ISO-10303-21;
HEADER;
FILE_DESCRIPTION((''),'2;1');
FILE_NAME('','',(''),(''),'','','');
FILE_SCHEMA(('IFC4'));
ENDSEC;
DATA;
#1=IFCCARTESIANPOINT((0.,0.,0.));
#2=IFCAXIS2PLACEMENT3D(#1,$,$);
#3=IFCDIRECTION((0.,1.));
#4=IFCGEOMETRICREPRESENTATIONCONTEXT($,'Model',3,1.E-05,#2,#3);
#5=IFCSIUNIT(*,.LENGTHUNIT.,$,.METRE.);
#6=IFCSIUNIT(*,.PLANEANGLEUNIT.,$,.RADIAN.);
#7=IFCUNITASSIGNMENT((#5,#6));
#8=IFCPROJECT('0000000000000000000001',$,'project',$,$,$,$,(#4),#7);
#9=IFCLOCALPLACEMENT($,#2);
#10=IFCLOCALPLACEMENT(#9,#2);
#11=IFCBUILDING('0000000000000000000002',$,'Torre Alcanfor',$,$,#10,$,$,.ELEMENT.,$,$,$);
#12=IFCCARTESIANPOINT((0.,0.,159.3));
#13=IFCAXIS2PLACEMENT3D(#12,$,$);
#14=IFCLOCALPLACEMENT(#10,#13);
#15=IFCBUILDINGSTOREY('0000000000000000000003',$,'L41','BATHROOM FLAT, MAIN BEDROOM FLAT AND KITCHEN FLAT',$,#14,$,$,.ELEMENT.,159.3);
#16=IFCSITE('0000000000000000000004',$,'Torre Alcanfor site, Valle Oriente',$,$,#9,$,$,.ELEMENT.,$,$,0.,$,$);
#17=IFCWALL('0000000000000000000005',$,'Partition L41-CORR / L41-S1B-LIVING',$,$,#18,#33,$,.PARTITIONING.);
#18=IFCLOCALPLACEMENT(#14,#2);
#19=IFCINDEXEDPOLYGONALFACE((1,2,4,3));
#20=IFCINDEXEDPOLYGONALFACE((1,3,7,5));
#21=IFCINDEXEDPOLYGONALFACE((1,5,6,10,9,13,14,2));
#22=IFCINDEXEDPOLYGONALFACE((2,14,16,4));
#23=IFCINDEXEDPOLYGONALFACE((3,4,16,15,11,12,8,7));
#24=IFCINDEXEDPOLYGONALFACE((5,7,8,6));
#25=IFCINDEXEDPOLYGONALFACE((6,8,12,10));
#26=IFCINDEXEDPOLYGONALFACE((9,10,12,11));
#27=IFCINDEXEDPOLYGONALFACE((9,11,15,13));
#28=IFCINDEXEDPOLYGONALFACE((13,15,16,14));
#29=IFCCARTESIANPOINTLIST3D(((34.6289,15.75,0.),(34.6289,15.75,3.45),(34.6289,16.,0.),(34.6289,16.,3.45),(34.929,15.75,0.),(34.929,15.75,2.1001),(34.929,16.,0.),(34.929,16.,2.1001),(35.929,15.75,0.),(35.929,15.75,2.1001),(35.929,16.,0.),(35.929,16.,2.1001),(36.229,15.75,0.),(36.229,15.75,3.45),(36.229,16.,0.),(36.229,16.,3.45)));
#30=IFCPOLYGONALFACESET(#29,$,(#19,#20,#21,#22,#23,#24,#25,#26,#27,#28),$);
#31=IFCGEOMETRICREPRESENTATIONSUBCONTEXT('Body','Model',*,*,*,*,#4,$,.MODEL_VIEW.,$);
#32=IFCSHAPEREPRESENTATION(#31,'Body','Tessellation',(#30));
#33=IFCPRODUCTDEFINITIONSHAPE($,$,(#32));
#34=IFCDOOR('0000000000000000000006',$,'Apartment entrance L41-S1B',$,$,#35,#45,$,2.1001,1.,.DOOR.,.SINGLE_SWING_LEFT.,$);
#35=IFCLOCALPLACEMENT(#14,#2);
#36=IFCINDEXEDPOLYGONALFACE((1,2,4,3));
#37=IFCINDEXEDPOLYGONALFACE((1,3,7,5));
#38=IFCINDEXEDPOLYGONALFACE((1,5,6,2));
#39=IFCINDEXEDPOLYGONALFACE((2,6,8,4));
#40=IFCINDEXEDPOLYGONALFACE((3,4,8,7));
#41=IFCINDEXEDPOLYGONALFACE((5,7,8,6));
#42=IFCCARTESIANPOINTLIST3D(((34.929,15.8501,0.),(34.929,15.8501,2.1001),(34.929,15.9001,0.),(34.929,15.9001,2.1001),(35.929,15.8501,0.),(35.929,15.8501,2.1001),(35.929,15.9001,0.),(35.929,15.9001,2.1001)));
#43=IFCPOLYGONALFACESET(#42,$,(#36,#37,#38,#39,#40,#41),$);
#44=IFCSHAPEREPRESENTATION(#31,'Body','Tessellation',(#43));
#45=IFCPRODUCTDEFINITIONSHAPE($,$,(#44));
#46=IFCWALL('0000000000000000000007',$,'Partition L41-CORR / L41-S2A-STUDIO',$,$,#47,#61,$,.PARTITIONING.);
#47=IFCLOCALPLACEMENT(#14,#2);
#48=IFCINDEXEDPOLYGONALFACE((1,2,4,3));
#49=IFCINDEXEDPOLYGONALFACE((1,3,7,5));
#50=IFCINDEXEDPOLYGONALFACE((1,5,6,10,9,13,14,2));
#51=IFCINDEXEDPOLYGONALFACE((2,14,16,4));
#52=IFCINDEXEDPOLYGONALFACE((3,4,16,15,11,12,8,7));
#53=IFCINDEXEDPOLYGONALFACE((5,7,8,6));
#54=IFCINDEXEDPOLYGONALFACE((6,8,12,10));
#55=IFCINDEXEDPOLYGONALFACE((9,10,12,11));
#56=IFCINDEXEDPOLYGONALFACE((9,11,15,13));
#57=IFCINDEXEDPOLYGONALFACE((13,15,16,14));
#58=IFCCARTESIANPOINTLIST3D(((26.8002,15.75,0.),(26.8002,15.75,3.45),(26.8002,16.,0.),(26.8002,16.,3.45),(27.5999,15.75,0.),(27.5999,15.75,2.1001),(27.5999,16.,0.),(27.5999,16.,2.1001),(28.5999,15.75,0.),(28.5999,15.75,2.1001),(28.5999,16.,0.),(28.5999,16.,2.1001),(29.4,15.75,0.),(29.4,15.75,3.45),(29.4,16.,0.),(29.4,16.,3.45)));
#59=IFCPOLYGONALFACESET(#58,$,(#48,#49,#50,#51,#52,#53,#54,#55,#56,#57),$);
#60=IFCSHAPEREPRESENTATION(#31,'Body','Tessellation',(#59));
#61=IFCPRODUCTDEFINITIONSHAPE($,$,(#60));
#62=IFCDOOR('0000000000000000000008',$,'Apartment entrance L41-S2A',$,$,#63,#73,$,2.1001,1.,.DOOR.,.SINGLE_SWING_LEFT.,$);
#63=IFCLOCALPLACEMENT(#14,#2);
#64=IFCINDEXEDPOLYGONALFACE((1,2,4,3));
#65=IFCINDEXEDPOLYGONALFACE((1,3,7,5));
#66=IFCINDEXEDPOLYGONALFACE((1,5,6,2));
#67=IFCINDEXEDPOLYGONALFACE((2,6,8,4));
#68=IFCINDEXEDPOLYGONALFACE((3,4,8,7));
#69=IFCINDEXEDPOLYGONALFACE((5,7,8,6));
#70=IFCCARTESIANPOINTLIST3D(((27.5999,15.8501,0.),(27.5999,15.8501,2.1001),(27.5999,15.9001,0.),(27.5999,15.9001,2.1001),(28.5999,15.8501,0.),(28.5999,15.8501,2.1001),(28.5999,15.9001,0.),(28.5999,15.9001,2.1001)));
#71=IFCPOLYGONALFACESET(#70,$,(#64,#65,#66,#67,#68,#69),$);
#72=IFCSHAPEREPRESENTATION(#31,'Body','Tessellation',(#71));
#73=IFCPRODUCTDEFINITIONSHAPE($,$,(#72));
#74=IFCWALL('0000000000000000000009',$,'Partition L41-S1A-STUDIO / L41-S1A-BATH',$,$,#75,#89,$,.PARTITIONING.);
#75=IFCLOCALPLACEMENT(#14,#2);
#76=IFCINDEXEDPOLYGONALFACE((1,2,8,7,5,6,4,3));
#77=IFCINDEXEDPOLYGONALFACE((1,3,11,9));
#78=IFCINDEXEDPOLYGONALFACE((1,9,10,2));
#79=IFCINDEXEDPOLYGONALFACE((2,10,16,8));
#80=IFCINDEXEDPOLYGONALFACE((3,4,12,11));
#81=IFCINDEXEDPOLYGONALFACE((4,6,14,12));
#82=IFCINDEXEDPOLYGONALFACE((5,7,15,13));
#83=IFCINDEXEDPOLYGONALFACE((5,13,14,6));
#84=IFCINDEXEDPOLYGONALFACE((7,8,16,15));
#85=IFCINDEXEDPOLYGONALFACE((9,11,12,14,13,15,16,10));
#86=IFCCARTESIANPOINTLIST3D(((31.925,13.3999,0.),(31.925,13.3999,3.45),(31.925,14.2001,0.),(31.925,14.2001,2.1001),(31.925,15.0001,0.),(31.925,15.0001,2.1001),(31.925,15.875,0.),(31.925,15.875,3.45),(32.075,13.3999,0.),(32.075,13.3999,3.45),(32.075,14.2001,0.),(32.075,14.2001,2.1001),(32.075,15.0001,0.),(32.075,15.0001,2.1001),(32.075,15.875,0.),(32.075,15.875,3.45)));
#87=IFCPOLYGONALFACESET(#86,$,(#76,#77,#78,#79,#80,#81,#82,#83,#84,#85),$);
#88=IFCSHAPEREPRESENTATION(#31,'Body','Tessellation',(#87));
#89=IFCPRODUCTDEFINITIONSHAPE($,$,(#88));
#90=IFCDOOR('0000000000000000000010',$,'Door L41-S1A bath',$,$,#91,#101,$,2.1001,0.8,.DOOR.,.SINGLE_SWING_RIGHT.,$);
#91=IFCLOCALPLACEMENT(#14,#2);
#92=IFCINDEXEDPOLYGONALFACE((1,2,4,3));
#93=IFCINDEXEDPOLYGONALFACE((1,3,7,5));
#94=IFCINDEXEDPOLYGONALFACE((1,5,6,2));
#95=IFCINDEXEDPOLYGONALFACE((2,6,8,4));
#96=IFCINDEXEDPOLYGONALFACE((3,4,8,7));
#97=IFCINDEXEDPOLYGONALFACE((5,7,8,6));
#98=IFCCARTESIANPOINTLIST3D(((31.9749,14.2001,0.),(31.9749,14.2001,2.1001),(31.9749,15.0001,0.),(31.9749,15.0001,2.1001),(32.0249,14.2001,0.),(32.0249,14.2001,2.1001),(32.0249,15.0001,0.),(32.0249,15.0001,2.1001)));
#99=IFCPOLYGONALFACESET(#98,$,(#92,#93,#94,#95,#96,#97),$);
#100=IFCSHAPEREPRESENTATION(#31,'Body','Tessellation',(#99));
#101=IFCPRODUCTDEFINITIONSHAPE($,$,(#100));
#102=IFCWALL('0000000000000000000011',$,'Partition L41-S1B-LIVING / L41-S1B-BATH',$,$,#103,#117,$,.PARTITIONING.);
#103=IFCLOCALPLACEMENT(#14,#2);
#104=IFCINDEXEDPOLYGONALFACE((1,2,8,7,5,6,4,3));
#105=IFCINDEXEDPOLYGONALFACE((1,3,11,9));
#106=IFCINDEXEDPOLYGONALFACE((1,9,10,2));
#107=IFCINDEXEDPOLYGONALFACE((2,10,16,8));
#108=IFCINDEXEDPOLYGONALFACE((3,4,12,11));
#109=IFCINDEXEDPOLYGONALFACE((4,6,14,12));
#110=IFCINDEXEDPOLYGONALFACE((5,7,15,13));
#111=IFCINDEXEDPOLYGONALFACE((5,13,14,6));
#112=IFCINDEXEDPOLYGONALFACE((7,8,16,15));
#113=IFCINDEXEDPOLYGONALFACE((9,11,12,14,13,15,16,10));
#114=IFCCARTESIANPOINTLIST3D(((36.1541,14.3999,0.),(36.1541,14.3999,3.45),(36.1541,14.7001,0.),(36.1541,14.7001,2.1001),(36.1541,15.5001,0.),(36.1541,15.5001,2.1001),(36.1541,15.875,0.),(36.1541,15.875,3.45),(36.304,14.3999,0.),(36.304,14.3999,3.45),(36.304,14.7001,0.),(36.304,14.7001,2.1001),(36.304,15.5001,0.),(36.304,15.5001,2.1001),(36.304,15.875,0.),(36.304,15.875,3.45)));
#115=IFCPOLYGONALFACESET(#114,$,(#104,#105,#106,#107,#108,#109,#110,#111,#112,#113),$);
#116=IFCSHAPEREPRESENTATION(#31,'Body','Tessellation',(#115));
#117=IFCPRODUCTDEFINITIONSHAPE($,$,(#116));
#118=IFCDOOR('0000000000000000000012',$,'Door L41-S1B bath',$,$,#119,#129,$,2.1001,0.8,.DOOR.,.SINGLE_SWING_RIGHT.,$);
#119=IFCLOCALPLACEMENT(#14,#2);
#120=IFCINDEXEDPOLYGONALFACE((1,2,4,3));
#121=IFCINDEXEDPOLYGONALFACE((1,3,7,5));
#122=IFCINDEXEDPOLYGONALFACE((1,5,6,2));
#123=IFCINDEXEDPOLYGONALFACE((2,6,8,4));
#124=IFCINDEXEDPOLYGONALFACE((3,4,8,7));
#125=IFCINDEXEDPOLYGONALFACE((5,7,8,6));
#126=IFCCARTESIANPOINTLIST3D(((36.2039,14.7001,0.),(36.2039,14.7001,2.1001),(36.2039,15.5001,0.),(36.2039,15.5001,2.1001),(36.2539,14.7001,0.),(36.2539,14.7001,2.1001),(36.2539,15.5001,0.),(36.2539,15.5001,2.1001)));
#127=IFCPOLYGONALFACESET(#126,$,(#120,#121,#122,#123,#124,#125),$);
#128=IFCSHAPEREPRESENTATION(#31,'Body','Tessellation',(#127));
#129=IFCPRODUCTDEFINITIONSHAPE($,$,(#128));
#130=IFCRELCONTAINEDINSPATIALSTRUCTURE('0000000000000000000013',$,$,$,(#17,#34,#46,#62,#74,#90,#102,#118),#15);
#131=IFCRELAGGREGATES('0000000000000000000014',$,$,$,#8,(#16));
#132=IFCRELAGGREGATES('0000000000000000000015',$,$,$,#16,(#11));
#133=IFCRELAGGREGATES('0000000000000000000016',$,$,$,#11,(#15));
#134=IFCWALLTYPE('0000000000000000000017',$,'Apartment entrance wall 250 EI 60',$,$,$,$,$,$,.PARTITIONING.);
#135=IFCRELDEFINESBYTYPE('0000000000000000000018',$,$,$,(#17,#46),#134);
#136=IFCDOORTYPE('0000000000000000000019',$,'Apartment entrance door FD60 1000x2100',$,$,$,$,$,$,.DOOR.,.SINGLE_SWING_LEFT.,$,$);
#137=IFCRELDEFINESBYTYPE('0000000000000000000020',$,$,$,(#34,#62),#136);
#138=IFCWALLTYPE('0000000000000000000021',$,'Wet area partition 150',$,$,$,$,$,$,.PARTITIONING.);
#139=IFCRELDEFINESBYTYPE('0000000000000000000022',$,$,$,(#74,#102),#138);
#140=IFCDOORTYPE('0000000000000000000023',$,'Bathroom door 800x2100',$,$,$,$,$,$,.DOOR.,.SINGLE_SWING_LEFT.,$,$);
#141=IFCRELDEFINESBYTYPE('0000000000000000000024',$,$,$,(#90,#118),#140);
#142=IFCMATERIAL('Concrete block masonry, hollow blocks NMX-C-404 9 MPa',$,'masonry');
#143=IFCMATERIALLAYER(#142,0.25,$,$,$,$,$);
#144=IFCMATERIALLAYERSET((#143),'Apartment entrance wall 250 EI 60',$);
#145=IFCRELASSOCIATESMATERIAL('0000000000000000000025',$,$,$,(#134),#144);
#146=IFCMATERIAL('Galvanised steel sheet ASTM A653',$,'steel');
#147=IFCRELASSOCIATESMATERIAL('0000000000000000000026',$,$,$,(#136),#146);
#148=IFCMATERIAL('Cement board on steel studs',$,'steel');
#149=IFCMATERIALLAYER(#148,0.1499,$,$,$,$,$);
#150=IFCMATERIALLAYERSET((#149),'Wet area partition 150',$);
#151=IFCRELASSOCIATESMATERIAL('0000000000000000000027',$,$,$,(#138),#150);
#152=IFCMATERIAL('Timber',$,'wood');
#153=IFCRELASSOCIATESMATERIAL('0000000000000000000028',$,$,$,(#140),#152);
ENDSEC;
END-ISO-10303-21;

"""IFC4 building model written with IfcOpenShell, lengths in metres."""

from ifc_helpers import new_model, si_unit, direction, frame, frame_2d, origin, place, context, subcontext, project, spatial, rectangle, extrude, material, layer, layer_set, type_object, element, fill, save


model = new_model("IFC4")

# Units and contexts
model_context = context("Model", 3, precision=1e-05, world=origin(), true_north=direction((0.0, 1.0)))
body_context = subcontext(model_context, "Body", "Model", "MODEL_VIEW")
ifc_project = project(units=[si_unit("LENGTHUNIT", "METRE"), si_unit("PLANEANGLEUNIT", "RADIAN")], contexts=[model_context])

# Site, building, storey
site_placement = place(None, origin())
site = spatial("IfcSite", under=ifc_project, at=site_placement, Name="Torre Alcanfor site, Valle Oriente", CompositionType="ELEMENT", RefElevation=0.0)
building_placement = place(site_placement, origin())
building = spatial("IfcBuilding", under=site, at=building_placement, Name="Torre Alcanfor", CompositionType="ELEMENT")
storey_placement = place(building_placement, frame((0.0, 0.0, 159.3)))
storey = spatial("IfcBuildingStorey", under=building, at=storey_placement, Name="L41", Description="BATHROOM FLAT, MAIN BEDROOM FLAT AND KITCHEN FLAT", CompositionType="ELEMENT", Elevation=159.3)

# Shared definitions
ifc_material_1 = material(Name="Concrete block masonry, hollow blocks NMX-C-404 9 MPa", Category="masonry")
ifc_layer_1 = layer(ifc_material_1, 0.25)
ifc_layer_set_1 = layer_set([ifc_layer_1], Name="Apartment entrance wall 250 EI 60")
wall_type_1 = type_object("IfcWallType", Name="Apartment entrance wall 250 EI 60", PredefinedType="PARTITIONING", material=ifc_layer_set_1)
ifc_material_2 = material(Name="Galvanised steel sheet ASTM A653", Category="steel")
door_type_1 = type_object("IfcDoorType", Name="Apartment entrance door FD60 1000x2100", OperationType="SINGLE_SWING_LEFT", PredefinedType="DOOR", material=ifc_material_2)

# Walls, openings, doors
wall_1_placement = place(storey_placement, frame((36.229, 15.875, 0.0), z_axis=(0.0, 0.0, 1.0), x_axis=(-1.0, 0.0, 0.0)))
wall_1 = element("IfcWall", 1, at=wall_1_placement, inside=storey, type_object=wall_type_1, Name="Partition L41-CORR / L41-S1B-LIVING", PredefinedType="PARTITIONING", context=body_context, shape_type="SweptSolid", body=[
    extrude(rectangle(XDim=1.6001, YDim=0.25, at=frame_2d((0.8, 0.0))), origin(), (0.0, 0.0, 1.0), 3.45),
])
opening_1_placement = place(wall_1_placement, frame((0.3, 0.0, 0.0)))
opening_1 = element("IfcOpeningElement", 2, at=opening_1_placement, cuts=wall_1, PredefinedType="OPENING", context=body_context, shape_type="SweptSolid", body=[
    extrude(rectangle(XDim=1.0, YDim=2.1001, at=frame_2d((0.5, 1.05))), frame((0.0, 0.135, 0.0), z_axis=(0.0, -1.0, 0.0), x_axis=(1.0, 0.0, 0.0)), (0.0, 0.0, 1.0), 0.27),
])
door_1_placement = place(opening_1_placement, origin())
door_1 = element("IfcDoor", 3, at=door_1_placement, inside=storey, type_object=door_type_1, Name="Apartment entrance L41-S1B", OperationType="SINGLE_SWING_LEFT", OverallHeight=2.1001, OverallWidth=1.0, PredefinedType="DOOR", context=body_context, shape_type="SweptSolid", body=[
    extrude(rectangle(XDim=1.0, YDim=2.1001, at=frame_2d((0.5, 1.05))), frame((0.0, 0.0249, 0.0), z_axis=(0.0, -1.0, 0.0), x_axis=(1.0, 0.0, 0.0)), (0.0, 0.0, 1.0), 0.05),
])
fill(opening_1, door_1)
wall_2_placement = place(storey_placement, frame((29.3999, 15.875, 0.0), z_axis=(0.0, 0.0, 1.0), x_axis=(-1.0, 0.0, 0.0)))
wall_2 = element("IfcWall", 4, at=wall_2_placement, inside=storey, type_object=wall_type_1, Name="Partition L41-CORR / L41-S2A-STUDIO", PredefinedType="PARTITIONING", context=body_context, shape_type="SweptSolid", body=[
    extrude(rectangle(XDim=2.5999, YDim=0.25, at=frame_2d((1.2998, 0.0))), origin(), (0.0, 0.0, 1.0), 3.45),
])
opening_2_placement = place(wall_2_placement, frame((0.8, 0.0, 0.0)))
opening_2 = element("IfcOpeningElement", 5, at=opening_2_placement, cuts=wall_2, PredefinedType="OPENING", context=body_context, shape_type="SweptSolid", body=[
    extrude(rectangle(XDim=1.0, YDim=2.1001, at=frame_2d((0.5, 1.05))), frame((0.0, 0.135, 0.0), z_axis=(0.0, -1.0, 0.0), x_axis=(1.0, 0.0, 0.0)), (0.0, 0.0, 1.0), 0.27),
])
door_2_placement = place(opening_2_placement, origin())
door_2 = element("IfcDoor", 6, at=door_2_placement, inside=storey, type_object=door_type_1, Name="Apartment entrance L41-S2A", OperationType="SINGLE_SWING_LEFT", OverallHeight=2.1001, OverallWidth=1.0, PredefinedType="DOOR", context=body_context, shape_type="SweptSolid", body=[
    extrude(rectangle(XDim=1.0, YDim=2.1001, at=frame_2d((0.5, 1.05))), frame((0.0, 0.0249, 0.0), z_axis=(0.0, -1.0, 0.0), x_axis=(1.0, 0.0, 0.0)), (0.0, 0.0, 1.0), 0.05),
])
fill(opening_2, door_2)
ifc_material_3 = material(Name="Cement board on steel studs", Category="steel")
ifc_layer_2 = layer(ifc_material_3, 0.1499)
ifc_layer_set_2 = layer_set([ifc_layer_2], Name="Wet area partition 150")
wall_type_2 = type_object("IfcWallType", Name="Wet area partition 150", PredefinedType="PARTITIONING", material=ifc_layer_set_2)
wall_3_placement = place(storey_placement, frame((32.0, 15.875, 0.0), z_axis=(0.0, 0.0, 1.0), x_axis=(0.0, -1.0, 0.0)))
wall_3 = element("IfcWall", 7, at=wall_3_placement, inside=storey, type_object=wall_type_2, Name="Partition L41-S1A-STUDIO / L41-S1A-BATH", PredefinedType="PARTITIONING", context=body_context, shape_type="SweptSolid", body=[
    extrude(rectangle(XDim=2.4751, YDim=0.1499, at=frame_2d((1.2375, 0.0))), origin(), (0.0, 0.0, 1.0), 3.45),
])
opening_3_placement = place(wall_3_placement, frame((0.875, 0.0, 0.0)))
opening_3 = element("IfcOpeningElement", 8, at=opening_3_placement, cuts=wall_3, PredefinedType="OPENING", context=body_context, shape_type="SweptSolid", body=[
    extrude(rectangle(XDim=0.8, YDim=2.1001, at=frame_2d((0.3999, 1.05))), frame((0.0, 0.085, 0.0), z_axis=(0.0, -1.0, 0.0), x_axis=(1.0, 0.0, 0.0)), (0.0, 0.0, 1.0), 0.1699),
])
ifc_material_4 = material(Name="Timber", Category="wood")
door_type_2 = type_object("IfcDoorType", Name="Bathroom door 800x2100", OperationType="SINGLE_SWING_LEFT", PredefinedType="DOOR", material=ifc_material_4)
door_3_placement = place(opening_3_placement, origin())
door_3 = element("IfcDoor", 9, at=door_3_placement, inside=storey, type_object=door_type_2, Name="Door L41-S1A bath", OperationType="SINGLE_SWING_RIGHT", OverallHeight=2.1001, OverallWidth=0.8, PredefinedType="DOOR", context=body_context, shape_type="SweptSolid", body=[
    extrude(rectangle(XDim=0.8, YDim=2.1001, at=frame_2d((0.3999, 1.05))), frame((0.0, 0.0249, 0.0), z_axis=(0.0, -1.0, 0.0), x_axis=(1.0, 0.0, 0.0)), (0.0, 0.0, 1.0), 0.05),
])
fill(opening_3, door_3)
wall_4_placement = place(storey_placement, frame((36.229, 15.875, 0.0), z_axis=(0.0, 0.0, 1.0), x_axis=(0.0, -1.0, 0.0)))
wall_4 = element("IfcWall", 10, at=wall_4_placement, inside=storey, type_object=wall_type_2, Name="Partition L41-S1B-LIVING / L41-S1B-BATH", PredefinedType="PARTITIONING", context=body_context, shape_type="SweptSolid", body=[
    extrude(rectangle(XDim=1.4751, YDim=0.1499, at=frame_2d((0.7375, 0.0))), origin(), (0.0, 0.0, 1.0), 3.45),
])
opening_4_placement = place(wall_4_placement, frame((0.375, 0.0, 0.0)))
opening_4 = element("IfcOpeningElement", 11, at=opening_4_placement, cuts=wall_4, PredefinedType="OPENING", context=body_context, shape_type="SweptSolid", body=[
    extrude(rectangle(XDim=0.8, YDim=2.1001, at=frame_2d((0.3999, 1.05))), frame((0.0, 0.085, 0.0), z_axis=(0.0, -1.0, 0.0), x_axis=(1.0, 0.0, 0.0)), (0.0, 0.0, 1.0), 0.1699),
])
door_4_placement = place(opening_4_placement, origin())
door_4 = element("IfcDoor", 12, at=door_4_placement, inside=storey, type_object=door_type_2, Name="Door L41-S1B bath", OperationType="SINGLE_SWING_RIGHT", OverallHeight=2.1001, OverallWidth=0.8, PredefinedType="DOOR", context=body_context, shape_type="SweptSolid", body=[
    extrude(rectangle(XDim=0.8, YDim=2.1001, at=frame_2d((0.3999, 1.05))), frame((0.0, 0.0249, 0.0), z_axis=(0.0, -1.0, 0.0), x_axis=(1.0, 0.0, 0.0)), (0.0, 0.0, 1.0), 0.05),
])
fill(opening_4, door_4)

save(model, "model.ifc")
